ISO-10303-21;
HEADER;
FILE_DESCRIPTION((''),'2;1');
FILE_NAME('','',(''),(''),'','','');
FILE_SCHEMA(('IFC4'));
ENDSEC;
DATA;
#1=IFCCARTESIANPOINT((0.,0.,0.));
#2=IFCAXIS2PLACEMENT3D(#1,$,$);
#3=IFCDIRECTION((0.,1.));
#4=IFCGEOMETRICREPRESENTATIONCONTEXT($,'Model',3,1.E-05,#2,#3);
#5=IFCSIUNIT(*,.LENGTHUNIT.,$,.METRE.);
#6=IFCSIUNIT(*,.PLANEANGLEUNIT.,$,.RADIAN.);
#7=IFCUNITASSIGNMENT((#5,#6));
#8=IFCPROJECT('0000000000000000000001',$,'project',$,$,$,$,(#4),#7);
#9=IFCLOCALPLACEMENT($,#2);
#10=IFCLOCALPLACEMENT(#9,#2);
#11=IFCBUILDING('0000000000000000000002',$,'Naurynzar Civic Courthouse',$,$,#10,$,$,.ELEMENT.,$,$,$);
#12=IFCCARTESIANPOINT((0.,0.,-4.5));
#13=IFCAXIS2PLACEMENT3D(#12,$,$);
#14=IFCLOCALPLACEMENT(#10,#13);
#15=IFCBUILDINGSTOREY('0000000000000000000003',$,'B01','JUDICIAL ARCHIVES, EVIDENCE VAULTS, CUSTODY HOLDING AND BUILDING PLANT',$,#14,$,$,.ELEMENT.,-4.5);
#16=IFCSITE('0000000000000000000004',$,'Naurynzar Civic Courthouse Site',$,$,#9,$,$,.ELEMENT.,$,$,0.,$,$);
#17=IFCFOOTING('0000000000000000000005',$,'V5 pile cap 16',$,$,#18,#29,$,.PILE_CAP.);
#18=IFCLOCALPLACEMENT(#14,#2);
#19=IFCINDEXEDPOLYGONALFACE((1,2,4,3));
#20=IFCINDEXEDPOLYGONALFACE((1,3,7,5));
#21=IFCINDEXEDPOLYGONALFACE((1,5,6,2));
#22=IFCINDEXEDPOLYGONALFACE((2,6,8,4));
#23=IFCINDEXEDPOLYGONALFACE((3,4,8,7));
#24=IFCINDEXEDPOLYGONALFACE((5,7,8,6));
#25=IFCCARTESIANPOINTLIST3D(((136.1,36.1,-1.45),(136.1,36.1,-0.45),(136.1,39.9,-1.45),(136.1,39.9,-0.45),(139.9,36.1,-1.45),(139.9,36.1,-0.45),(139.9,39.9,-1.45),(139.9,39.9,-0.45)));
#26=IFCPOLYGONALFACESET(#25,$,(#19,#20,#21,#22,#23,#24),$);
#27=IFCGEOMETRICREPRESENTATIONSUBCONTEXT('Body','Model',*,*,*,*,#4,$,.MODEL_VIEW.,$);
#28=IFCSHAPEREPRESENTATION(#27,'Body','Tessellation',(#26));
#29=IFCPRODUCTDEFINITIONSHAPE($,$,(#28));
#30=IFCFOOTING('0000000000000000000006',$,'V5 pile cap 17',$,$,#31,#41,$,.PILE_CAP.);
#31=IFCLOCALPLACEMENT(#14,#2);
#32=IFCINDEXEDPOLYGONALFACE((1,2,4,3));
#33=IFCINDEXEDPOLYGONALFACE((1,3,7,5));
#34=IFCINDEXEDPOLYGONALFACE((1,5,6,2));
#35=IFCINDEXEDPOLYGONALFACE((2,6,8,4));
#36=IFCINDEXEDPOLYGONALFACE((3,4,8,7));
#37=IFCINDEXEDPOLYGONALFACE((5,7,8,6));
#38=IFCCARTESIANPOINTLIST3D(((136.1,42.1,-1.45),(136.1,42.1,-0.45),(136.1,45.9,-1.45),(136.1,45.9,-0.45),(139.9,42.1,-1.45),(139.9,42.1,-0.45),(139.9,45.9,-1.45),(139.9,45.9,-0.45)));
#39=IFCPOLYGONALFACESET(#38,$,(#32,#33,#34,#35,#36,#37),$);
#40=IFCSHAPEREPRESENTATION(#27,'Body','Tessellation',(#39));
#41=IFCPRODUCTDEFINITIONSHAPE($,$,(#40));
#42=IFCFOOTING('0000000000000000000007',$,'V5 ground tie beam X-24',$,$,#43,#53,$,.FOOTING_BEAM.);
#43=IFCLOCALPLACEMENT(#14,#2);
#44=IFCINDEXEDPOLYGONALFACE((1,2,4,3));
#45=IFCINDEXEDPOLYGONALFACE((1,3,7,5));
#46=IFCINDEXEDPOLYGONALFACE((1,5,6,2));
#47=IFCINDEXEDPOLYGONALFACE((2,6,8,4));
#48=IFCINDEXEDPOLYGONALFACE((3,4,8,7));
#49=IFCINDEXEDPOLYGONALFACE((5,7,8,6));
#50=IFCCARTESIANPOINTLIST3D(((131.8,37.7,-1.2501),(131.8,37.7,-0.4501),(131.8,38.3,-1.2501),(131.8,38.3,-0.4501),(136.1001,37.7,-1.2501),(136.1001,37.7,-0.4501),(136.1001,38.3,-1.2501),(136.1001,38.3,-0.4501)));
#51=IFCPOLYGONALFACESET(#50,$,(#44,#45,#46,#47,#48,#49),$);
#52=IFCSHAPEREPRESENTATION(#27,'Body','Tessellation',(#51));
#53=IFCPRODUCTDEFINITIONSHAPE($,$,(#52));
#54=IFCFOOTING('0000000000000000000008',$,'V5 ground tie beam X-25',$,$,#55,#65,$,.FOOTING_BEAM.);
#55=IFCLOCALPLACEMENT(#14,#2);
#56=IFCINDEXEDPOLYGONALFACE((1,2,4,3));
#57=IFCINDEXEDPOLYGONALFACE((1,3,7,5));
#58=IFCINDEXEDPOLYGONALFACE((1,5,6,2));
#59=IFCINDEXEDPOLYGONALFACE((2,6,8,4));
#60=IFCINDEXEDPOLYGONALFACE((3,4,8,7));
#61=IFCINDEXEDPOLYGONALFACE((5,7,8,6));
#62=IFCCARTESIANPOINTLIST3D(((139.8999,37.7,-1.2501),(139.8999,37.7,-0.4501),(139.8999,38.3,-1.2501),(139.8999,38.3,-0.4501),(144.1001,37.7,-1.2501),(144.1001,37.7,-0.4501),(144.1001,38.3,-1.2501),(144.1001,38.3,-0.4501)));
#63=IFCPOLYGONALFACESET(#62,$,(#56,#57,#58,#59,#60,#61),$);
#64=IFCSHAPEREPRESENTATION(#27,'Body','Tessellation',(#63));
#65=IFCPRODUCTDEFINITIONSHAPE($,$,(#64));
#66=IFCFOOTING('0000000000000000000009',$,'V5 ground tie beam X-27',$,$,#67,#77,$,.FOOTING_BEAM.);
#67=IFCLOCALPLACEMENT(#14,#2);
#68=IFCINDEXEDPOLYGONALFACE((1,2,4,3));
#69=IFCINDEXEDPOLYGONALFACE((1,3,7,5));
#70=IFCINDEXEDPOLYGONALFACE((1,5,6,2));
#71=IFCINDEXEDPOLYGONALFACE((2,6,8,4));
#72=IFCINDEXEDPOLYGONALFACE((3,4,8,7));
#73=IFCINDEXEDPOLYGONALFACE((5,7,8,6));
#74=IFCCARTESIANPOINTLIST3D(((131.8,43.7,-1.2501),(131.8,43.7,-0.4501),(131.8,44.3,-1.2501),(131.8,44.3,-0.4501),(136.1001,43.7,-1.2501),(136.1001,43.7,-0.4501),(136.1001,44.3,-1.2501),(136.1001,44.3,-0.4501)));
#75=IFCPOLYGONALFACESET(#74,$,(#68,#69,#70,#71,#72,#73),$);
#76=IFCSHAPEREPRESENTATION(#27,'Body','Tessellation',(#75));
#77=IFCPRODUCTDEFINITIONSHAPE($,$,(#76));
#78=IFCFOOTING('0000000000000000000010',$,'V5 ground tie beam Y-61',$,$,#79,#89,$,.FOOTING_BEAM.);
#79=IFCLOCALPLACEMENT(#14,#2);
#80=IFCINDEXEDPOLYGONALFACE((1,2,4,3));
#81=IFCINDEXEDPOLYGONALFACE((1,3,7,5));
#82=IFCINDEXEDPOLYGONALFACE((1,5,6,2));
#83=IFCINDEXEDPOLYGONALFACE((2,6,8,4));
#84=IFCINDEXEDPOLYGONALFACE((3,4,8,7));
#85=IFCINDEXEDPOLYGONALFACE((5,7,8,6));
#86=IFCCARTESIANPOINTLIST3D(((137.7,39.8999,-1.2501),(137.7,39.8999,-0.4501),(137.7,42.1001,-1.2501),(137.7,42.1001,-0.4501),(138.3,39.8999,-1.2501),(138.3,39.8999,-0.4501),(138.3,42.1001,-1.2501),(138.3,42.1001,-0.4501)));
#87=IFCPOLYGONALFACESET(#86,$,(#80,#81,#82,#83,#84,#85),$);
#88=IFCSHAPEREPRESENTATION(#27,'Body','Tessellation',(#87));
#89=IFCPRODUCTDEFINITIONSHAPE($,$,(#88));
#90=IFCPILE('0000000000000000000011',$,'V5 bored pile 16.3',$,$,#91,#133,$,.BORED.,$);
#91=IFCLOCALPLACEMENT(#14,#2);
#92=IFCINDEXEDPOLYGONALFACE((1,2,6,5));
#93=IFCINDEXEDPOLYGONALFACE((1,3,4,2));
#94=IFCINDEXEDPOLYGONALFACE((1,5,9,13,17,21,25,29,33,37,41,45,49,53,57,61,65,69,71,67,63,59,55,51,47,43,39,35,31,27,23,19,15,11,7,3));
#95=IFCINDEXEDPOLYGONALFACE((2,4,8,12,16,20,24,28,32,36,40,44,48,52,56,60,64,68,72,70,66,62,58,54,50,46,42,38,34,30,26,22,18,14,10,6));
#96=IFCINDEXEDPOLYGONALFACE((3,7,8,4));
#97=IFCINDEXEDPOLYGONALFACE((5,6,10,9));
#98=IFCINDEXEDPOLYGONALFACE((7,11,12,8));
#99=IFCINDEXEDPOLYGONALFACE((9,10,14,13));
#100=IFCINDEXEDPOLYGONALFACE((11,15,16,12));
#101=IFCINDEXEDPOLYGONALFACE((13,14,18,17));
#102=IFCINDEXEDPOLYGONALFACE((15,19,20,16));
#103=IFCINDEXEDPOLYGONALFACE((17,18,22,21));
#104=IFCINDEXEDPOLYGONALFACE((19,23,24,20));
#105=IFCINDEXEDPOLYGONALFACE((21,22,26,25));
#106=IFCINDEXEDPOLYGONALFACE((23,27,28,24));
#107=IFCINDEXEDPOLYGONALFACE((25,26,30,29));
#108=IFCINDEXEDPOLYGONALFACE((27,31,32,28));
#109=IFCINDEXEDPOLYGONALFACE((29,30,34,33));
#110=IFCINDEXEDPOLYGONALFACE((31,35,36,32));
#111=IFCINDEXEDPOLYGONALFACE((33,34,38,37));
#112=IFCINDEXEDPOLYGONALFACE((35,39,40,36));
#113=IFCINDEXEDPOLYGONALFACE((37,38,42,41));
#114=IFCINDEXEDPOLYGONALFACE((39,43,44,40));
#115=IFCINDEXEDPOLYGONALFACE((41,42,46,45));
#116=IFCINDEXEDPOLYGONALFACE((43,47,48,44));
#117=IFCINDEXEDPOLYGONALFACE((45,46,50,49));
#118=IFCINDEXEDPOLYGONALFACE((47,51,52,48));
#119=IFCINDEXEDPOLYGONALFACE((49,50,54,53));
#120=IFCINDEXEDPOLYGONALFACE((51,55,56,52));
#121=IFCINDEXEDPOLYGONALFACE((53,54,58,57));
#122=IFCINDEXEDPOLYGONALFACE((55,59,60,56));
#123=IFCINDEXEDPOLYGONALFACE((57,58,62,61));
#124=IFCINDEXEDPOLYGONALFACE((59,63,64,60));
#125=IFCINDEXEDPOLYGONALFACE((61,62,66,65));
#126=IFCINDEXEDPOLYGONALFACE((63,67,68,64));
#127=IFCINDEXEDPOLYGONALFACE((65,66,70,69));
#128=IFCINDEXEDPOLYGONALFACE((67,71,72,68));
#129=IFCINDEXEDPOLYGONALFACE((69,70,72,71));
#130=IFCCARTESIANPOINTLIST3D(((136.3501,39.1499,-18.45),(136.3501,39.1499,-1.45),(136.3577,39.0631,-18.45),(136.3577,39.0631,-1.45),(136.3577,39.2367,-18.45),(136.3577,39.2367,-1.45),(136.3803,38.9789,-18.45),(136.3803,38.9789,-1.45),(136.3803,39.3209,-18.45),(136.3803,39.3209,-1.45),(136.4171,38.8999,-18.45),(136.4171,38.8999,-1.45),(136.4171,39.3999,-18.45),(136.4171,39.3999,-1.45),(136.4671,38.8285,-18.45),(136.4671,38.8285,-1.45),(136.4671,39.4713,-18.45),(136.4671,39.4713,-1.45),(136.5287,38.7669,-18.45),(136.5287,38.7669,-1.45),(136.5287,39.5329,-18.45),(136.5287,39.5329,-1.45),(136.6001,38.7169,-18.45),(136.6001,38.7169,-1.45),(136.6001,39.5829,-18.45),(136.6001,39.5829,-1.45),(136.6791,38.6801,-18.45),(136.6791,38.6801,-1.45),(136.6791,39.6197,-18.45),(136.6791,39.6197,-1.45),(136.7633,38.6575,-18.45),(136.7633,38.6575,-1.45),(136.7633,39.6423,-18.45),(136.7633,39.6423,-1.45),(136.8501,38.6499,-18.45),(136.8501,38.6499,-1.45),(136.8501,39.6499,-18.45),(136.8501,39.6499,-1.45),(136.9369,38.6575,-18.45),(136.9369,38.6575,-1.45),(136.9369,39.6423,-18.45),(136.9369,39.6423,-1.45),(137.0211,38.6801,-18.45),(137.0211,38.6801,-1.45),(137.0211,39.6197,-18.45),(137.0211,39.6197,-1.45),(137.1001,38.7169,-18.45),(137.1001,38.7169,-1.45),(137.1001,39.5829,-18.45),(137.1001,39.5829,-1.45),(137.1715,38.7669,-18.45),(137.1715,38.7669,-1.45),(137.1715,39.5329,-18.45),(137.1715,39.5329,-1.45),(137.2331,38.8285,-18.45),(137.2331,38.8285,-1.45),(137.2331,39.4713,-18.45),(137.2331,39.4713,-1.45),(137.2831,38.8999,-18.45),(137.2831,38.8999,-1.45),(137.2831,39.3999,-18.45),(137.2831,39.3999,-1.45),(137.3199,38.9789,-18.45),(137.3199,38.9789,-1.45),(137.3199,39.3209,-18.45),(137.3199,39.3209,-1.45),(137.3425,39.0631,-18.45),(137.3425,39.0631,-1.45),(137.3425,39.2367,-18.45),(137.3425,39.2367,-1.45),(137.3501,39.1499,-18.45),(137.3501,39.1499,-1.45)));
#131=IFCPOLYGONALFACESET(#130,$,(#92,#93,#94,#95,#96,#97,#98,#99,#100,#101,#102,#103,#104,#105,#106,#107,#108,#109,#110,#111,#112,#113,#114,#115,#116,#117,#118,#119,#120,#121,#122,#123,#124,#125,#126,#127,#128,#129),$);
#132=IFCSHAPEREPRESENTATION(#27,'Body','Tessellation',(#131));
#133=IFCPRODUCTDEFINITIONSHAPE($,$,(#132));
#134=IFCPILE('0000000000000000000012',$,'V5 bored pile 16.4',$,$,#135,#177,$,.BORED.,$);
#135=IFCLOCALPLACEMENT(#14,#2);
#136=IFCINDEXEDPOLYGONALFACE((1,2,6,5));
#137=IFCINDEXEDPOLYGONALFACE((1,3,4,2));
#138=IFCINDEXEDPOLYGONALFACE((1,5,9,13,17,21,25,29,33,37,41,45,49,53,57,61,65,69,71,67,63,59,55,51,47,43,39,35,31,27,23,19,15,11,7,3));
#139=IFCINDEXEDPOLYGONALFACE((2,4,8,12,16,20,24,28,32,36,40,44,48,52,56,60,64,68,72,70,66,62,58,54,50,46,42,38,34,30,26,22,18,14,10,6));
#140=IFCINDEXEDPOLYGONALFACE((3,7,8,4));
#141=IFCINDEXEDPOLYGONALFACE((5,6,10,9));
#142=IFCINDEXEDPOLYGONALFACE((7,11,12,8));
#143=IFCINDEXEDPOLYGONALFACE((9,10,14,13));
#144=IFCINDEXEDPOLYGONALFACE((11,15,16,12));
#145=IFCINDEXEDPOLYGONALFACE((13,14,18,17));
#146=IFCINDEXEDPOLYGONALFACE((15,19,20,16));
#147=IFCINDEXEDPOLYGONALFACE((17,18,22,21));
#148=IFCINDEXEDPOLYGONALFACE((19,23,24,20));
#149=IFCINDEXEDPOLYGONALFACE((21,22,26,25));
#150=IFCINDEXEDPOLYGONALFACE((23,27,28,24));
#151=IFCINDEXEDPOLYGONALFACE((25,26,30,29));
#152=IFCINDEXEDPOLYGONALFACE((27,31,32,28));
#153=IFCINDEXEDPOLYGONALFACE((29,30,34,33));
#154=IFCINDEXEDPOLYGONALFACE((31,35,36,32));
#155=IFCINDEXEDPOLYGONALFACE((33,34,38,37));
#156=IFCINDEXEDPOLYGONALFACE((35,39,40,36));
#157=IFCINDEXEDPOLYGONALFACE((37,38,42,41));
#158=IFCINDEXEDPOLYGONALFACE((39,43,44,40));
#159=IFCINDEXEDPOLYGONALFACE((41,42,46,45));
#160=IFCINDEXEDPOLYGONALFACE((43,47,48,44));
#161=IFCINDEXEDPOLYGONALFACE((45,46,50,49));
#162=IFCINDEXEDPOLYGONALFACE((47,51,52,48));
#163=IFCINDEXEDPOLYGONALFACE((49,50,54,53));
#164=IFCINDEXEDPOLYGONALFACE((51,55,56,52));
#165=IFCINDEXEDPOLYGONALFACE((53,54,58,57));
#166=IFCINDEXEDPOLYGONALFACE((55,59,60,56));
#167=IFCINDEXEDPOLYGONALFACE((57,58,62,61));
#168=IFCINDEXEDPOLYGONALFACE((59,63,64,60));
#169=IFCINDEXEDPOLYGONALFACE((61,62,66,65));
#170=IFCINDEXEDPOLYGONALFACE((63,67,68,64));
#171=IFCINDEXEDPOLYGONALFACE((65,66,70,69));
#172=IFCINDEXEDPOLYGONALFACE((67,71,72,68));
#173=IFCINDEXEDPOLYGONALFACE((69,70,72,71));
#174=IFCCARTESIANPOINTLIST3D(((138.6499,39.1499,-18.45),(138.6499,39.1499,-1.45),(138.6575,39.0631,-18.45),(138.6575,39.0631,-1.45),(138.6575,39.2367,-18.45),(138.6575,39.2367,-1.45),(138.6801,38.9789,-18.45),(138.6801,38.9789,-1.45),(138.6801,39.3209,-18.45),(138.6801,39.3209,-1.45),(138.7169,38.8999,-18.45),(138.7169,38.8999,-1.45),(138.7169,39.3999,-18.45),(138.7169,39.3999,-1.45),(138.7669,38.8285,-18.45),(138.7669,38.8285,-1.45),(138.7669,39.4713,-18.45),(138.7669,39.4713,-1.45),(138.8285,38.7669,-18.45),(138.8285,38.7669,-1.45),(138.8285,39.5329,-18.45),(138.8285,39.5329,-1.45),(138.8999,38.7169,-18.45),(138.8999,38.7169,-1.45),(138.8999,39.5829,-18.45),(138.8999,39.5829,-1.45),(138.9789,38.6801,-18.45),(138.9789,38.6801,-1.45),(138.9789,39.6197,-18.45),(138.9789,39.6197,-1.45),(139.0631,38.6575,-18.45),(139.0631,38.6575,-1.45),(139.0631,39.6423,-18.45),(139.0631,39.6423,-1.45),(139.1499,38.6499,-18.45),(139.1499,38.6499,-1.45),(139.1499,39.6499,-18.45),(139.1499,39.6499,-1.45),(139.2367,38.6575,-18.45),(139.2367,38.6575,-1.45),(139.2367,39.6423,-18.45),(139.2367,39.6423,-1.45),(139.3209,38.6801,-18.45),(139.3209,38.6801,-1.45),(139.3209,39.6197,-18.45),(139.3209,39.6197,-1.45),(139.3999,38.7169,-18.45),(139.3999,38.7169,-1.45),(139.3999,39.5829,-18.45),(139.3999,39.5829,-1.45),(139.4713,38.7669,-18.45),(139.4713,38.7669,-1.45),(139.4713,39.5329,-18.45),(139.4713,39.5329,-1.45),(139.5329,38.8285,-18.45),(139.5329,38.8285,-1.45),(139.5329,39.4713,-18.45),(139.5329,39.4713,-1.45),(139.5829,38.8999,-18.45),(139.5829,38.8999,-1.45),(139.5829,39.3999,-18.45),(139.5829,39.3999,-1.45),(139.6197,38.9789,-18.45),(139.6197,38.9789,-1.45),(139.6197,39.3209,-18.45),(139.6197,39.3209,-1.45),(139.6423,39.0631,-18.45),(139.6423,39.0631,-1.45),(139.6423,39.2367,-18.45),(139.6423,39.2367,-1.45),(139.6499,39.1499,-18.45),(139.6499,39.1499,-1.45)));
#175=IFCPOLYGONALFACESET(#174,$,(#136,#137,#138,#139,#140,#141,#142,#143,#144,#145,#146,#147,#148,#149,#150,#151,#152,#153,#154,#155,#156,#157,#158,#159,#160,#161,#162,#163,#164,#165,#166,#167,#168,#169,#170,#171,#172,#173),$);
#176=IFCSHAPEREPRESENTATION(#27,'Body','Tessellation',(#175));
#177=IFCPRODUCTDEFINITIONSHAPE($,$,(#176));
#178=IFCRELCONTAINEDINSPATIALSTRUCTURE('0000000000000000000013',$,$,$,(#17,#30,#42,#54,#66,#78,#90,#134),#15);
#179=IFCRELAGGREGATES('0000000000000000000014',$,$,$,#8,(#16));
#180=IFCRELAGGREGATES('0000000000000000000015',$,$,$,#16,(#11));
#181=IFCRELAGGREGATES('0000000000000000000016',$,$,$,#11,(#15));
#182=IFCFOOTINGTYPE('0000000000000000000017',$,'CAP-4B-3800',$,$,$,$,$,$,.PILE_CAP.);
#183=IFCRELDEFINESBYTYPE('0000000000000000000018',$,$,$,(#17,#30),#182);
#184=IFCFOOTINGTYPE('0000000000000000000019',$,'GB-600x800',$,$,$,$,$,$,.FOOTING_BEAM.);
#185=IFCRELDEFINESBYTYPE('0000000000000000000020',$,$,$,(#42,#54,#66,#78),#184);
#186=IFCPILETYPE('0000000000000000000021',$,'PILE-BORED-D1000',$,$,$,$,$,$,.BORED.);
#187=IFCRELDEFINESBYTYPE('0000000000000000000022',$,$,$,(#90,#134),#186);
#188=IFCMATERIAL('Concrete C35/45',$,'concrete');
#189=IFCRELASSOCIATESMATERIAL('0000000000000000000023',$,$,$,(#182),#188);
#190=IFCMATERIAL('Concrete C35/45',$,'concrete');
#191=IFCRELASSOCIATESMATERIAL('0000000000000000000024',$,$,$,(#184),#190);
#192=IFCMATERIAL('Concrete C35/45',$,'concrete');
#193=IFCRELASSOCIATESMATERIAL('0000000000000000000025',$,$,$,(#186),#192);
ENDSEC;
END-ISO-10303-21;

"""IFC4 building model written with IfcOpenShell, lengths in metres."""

from ifc_helpers import new_model, si_unit, direction, frame, origin, origin_2d, place, context, subcontext, project, spatial, rectangle, circle, extrude, material, material_profile, profile_set, type_object, element, save


model = new_model("IFC4")

# Units and contexts
model_context = context("Model", 3, precision=1e-05, world=origin(), true_north=direction((0.0, 1.0)))
body_context = subcontext(model_context, "Body", "Model", "MODEL_VIEW")
ifc_project = project(units=[si_unit("LENGTHUNIT", "METRE"), si_unit("PLANEANGLEUNIT", "RADIAN")], contexts=[model_context])

# Site, building, storey
site_placement = place(None, origin())
site = spatial("IfcSite", under=ifc_project, at=site_placement, Name="Naurynzar Civic Courthouse Site", CompositionType="ELEMENT", RefElevation=0.0)
building_placement = place(site_placement, origin())
building = spatial("IfcBuilding", under=site, at=building_placement, Name="Naurynzar Civic Courthouse", CompositionType="ELEMENT")
storey_placement = place(building_placement, frame((0.0, 0.0, -4.5)))
storey = spatial("IfcBuildingStorey", under=building, at=storey_placement, Name="B01", Description="JUDICIAL ARCHIVES, EVIDENCE VAULTS, CUSTODY HOLDING AND BUILDING PLANT", CompositionType="ELEMENT", Elevation=-4.5)

# Footings
ifc_material_1 = material(Name="Concrete C35/45", Category="concrete")
footing_type_1 = type_object("IfcFootingType", Name="CAP-4B-3800", PredefinedType="PILE_CAP", material=ifc_material_1)
for number, where, z_axis, x_axis, name in (
    (1, (138.0, 38.0, -1.45), (0.0, 0.0, 1.0), (1.0, 0.0, 0.0), "V5 pile cap 16"),
    (2, (138.0, 44.0, -1.45), (0.0, 0.0, 1.0), (1.0, 0.0, 0.0), "V5 pile cap 17"),
):
    element("IfcFooting", number, at=place(storey_placement, frame(where, z_axis=z_axis, x_axis=x_axis)), inside=storey, type_object=footing_type_1, Name=name, PredefinedType="PILE_CAP", context=body_context, shape_type="SweptSolid", body=[
        extrude(rectangle(XDim=3.8, YDim=3.8, at=origin_2d()), origin(), (0.0, 0.0, 1.0), 1.0),
    ])
ifc_material_2 = material(Name="Concrete C35/45", Category="concrete")
ifc_material_profile_1 = material_profile(ifc_material_2, rectangle(XDim=0.6001, YDim=0.8, at=origin_2d()), Name="GB 600x800")
ifc_profile_set_1 = profile_set([ifc_material_profile_1], Name="Concrete C35/45")
footing_type_2 = type_object("IfcFootingType", Name="GB-600x800", PredefinedType="FOOTING_BEAM", material=ifc_profile_set_1)
footing_1_placement = place(storey_placement, frame((131.8, 38.0, -0.8501), z_axis=(1.0, 0.0, 0.0), x_axis=(0.0, 1.0, 0.0)))
element("IfcFooting", 3, at=footing_1_placement, inside=storey, type_object=footing_type_2, Name="V5 ground tie beam X-24", PredefinedType="FOOTING_BEAM", context=body_context, shape_type="SweptSolid", body=[
    extrude(rectangle(XDim=0.6001, YDim=0.8, at=origin_2d()), origin(), (0.0, 0.0, 1.0), 4.3),
])
footing_2_placement = place(storey_placement, frame((139.8999, 38.0, -0.8501), z_axis=(1.0, 0.0, 0.0), x_axis=(0.0, 1.0, 0.0)))
element("IfcFooting", 4, at=footing_2_placement, inside=storey, type_object=footing_type_2, Name="V5 ground tie beam X-25", PredefinedType="FOOTING_BEAM", context=body_context, shape_type="SweptSolid", body=[
    extrude(rectangle(XDim=0.6001, YDim=0.8, at=origin_2d()), origin(), (0.0, 0.0, 1.0), 4.2002),
])
footing_3_placement = place(storey_placement, frame((131.8, 44.0, -0.8501), z_axis=(1.0, 0.0, 0.0), x_axis=(0.0, 1.0, 0.0)))
element("IfcFooting", 5, at=footing_3_placement, inside=storey, type_object=footing_type_2, Name="V5 ground tie beam X-27", PredefinedType="FOOTING_BEAM", context=body_context, shape_type="SweptSolid", body=[
    extrude(rectangle(XDim=0.6001, YDim=0.8, at=origin_2d()), origin(), (0.0, 0.0, 1.0), 4.3),
])
footing_4_placement = place(storey_placement, frame((138.0, 39.8999, -0.8501), z_axis=(0.0, 1.0, 0.0), x_axis=(-1.0, 0.0, 0.0)))
element("IfcFooting", 6, at=footing_4_placement, inside=storey, type_object=footing_type_2, Name="V5 ground tie beam Y-61", PredefinedType="FOOTING_BEAM", context=body_context, shape_type="SweptSolid", body=[
    extrude(rectangle(XDim=0.6001, YDim=0.8, at=origin_2d()), origin(), (0.0, 0.0, 1.0), 2.2002),
])

# Piles
ifc_material_3 = material(Name="Concrete C35/45", Category="concrete")
ifc_material_profile_2 = material_profile(ifc_material_3, circle(Radius=0.5, at=origin_2d()), Name="PILE D1000")
ifc_profile_set_2 = profile_set([ifc_material_profile_2], Name="Concrete C35/45")
pile_type = type_object("IfcPileType", Name="PILE-BORED-D1000", PredefinedType="BORED", material=ifc_profile_set_2)
for number, where, z_axis, x_axis, name in (
    (7, (136.8501, 39.1499, -1.45), (0.0, 0.0, -1.0), (1.0, 0.0, 0.0), "V5 bored pile 16.3"),
    (8, (139.1499, 39.1499, -1.45), (0.0, 0.0, -1.0), (1.0, 0.0, 0.0), "V5 bored pile 16.4"),
):
    element("IfcPile", number, at=place(storey_placement, frame(where, z_axis=z_axis, x_axis=x_axis)), inside=storey, type_object=pile_type, Name=name, PredefinedType="BORED", context=body_context, shape_type="SweptSolid", body=[
        extrude(circle(Radius=0.5, at=origin_2d()), origin(), (0.0, 0.0, 1.0), 17.0),
    ])

save(model, "model.ifc")
